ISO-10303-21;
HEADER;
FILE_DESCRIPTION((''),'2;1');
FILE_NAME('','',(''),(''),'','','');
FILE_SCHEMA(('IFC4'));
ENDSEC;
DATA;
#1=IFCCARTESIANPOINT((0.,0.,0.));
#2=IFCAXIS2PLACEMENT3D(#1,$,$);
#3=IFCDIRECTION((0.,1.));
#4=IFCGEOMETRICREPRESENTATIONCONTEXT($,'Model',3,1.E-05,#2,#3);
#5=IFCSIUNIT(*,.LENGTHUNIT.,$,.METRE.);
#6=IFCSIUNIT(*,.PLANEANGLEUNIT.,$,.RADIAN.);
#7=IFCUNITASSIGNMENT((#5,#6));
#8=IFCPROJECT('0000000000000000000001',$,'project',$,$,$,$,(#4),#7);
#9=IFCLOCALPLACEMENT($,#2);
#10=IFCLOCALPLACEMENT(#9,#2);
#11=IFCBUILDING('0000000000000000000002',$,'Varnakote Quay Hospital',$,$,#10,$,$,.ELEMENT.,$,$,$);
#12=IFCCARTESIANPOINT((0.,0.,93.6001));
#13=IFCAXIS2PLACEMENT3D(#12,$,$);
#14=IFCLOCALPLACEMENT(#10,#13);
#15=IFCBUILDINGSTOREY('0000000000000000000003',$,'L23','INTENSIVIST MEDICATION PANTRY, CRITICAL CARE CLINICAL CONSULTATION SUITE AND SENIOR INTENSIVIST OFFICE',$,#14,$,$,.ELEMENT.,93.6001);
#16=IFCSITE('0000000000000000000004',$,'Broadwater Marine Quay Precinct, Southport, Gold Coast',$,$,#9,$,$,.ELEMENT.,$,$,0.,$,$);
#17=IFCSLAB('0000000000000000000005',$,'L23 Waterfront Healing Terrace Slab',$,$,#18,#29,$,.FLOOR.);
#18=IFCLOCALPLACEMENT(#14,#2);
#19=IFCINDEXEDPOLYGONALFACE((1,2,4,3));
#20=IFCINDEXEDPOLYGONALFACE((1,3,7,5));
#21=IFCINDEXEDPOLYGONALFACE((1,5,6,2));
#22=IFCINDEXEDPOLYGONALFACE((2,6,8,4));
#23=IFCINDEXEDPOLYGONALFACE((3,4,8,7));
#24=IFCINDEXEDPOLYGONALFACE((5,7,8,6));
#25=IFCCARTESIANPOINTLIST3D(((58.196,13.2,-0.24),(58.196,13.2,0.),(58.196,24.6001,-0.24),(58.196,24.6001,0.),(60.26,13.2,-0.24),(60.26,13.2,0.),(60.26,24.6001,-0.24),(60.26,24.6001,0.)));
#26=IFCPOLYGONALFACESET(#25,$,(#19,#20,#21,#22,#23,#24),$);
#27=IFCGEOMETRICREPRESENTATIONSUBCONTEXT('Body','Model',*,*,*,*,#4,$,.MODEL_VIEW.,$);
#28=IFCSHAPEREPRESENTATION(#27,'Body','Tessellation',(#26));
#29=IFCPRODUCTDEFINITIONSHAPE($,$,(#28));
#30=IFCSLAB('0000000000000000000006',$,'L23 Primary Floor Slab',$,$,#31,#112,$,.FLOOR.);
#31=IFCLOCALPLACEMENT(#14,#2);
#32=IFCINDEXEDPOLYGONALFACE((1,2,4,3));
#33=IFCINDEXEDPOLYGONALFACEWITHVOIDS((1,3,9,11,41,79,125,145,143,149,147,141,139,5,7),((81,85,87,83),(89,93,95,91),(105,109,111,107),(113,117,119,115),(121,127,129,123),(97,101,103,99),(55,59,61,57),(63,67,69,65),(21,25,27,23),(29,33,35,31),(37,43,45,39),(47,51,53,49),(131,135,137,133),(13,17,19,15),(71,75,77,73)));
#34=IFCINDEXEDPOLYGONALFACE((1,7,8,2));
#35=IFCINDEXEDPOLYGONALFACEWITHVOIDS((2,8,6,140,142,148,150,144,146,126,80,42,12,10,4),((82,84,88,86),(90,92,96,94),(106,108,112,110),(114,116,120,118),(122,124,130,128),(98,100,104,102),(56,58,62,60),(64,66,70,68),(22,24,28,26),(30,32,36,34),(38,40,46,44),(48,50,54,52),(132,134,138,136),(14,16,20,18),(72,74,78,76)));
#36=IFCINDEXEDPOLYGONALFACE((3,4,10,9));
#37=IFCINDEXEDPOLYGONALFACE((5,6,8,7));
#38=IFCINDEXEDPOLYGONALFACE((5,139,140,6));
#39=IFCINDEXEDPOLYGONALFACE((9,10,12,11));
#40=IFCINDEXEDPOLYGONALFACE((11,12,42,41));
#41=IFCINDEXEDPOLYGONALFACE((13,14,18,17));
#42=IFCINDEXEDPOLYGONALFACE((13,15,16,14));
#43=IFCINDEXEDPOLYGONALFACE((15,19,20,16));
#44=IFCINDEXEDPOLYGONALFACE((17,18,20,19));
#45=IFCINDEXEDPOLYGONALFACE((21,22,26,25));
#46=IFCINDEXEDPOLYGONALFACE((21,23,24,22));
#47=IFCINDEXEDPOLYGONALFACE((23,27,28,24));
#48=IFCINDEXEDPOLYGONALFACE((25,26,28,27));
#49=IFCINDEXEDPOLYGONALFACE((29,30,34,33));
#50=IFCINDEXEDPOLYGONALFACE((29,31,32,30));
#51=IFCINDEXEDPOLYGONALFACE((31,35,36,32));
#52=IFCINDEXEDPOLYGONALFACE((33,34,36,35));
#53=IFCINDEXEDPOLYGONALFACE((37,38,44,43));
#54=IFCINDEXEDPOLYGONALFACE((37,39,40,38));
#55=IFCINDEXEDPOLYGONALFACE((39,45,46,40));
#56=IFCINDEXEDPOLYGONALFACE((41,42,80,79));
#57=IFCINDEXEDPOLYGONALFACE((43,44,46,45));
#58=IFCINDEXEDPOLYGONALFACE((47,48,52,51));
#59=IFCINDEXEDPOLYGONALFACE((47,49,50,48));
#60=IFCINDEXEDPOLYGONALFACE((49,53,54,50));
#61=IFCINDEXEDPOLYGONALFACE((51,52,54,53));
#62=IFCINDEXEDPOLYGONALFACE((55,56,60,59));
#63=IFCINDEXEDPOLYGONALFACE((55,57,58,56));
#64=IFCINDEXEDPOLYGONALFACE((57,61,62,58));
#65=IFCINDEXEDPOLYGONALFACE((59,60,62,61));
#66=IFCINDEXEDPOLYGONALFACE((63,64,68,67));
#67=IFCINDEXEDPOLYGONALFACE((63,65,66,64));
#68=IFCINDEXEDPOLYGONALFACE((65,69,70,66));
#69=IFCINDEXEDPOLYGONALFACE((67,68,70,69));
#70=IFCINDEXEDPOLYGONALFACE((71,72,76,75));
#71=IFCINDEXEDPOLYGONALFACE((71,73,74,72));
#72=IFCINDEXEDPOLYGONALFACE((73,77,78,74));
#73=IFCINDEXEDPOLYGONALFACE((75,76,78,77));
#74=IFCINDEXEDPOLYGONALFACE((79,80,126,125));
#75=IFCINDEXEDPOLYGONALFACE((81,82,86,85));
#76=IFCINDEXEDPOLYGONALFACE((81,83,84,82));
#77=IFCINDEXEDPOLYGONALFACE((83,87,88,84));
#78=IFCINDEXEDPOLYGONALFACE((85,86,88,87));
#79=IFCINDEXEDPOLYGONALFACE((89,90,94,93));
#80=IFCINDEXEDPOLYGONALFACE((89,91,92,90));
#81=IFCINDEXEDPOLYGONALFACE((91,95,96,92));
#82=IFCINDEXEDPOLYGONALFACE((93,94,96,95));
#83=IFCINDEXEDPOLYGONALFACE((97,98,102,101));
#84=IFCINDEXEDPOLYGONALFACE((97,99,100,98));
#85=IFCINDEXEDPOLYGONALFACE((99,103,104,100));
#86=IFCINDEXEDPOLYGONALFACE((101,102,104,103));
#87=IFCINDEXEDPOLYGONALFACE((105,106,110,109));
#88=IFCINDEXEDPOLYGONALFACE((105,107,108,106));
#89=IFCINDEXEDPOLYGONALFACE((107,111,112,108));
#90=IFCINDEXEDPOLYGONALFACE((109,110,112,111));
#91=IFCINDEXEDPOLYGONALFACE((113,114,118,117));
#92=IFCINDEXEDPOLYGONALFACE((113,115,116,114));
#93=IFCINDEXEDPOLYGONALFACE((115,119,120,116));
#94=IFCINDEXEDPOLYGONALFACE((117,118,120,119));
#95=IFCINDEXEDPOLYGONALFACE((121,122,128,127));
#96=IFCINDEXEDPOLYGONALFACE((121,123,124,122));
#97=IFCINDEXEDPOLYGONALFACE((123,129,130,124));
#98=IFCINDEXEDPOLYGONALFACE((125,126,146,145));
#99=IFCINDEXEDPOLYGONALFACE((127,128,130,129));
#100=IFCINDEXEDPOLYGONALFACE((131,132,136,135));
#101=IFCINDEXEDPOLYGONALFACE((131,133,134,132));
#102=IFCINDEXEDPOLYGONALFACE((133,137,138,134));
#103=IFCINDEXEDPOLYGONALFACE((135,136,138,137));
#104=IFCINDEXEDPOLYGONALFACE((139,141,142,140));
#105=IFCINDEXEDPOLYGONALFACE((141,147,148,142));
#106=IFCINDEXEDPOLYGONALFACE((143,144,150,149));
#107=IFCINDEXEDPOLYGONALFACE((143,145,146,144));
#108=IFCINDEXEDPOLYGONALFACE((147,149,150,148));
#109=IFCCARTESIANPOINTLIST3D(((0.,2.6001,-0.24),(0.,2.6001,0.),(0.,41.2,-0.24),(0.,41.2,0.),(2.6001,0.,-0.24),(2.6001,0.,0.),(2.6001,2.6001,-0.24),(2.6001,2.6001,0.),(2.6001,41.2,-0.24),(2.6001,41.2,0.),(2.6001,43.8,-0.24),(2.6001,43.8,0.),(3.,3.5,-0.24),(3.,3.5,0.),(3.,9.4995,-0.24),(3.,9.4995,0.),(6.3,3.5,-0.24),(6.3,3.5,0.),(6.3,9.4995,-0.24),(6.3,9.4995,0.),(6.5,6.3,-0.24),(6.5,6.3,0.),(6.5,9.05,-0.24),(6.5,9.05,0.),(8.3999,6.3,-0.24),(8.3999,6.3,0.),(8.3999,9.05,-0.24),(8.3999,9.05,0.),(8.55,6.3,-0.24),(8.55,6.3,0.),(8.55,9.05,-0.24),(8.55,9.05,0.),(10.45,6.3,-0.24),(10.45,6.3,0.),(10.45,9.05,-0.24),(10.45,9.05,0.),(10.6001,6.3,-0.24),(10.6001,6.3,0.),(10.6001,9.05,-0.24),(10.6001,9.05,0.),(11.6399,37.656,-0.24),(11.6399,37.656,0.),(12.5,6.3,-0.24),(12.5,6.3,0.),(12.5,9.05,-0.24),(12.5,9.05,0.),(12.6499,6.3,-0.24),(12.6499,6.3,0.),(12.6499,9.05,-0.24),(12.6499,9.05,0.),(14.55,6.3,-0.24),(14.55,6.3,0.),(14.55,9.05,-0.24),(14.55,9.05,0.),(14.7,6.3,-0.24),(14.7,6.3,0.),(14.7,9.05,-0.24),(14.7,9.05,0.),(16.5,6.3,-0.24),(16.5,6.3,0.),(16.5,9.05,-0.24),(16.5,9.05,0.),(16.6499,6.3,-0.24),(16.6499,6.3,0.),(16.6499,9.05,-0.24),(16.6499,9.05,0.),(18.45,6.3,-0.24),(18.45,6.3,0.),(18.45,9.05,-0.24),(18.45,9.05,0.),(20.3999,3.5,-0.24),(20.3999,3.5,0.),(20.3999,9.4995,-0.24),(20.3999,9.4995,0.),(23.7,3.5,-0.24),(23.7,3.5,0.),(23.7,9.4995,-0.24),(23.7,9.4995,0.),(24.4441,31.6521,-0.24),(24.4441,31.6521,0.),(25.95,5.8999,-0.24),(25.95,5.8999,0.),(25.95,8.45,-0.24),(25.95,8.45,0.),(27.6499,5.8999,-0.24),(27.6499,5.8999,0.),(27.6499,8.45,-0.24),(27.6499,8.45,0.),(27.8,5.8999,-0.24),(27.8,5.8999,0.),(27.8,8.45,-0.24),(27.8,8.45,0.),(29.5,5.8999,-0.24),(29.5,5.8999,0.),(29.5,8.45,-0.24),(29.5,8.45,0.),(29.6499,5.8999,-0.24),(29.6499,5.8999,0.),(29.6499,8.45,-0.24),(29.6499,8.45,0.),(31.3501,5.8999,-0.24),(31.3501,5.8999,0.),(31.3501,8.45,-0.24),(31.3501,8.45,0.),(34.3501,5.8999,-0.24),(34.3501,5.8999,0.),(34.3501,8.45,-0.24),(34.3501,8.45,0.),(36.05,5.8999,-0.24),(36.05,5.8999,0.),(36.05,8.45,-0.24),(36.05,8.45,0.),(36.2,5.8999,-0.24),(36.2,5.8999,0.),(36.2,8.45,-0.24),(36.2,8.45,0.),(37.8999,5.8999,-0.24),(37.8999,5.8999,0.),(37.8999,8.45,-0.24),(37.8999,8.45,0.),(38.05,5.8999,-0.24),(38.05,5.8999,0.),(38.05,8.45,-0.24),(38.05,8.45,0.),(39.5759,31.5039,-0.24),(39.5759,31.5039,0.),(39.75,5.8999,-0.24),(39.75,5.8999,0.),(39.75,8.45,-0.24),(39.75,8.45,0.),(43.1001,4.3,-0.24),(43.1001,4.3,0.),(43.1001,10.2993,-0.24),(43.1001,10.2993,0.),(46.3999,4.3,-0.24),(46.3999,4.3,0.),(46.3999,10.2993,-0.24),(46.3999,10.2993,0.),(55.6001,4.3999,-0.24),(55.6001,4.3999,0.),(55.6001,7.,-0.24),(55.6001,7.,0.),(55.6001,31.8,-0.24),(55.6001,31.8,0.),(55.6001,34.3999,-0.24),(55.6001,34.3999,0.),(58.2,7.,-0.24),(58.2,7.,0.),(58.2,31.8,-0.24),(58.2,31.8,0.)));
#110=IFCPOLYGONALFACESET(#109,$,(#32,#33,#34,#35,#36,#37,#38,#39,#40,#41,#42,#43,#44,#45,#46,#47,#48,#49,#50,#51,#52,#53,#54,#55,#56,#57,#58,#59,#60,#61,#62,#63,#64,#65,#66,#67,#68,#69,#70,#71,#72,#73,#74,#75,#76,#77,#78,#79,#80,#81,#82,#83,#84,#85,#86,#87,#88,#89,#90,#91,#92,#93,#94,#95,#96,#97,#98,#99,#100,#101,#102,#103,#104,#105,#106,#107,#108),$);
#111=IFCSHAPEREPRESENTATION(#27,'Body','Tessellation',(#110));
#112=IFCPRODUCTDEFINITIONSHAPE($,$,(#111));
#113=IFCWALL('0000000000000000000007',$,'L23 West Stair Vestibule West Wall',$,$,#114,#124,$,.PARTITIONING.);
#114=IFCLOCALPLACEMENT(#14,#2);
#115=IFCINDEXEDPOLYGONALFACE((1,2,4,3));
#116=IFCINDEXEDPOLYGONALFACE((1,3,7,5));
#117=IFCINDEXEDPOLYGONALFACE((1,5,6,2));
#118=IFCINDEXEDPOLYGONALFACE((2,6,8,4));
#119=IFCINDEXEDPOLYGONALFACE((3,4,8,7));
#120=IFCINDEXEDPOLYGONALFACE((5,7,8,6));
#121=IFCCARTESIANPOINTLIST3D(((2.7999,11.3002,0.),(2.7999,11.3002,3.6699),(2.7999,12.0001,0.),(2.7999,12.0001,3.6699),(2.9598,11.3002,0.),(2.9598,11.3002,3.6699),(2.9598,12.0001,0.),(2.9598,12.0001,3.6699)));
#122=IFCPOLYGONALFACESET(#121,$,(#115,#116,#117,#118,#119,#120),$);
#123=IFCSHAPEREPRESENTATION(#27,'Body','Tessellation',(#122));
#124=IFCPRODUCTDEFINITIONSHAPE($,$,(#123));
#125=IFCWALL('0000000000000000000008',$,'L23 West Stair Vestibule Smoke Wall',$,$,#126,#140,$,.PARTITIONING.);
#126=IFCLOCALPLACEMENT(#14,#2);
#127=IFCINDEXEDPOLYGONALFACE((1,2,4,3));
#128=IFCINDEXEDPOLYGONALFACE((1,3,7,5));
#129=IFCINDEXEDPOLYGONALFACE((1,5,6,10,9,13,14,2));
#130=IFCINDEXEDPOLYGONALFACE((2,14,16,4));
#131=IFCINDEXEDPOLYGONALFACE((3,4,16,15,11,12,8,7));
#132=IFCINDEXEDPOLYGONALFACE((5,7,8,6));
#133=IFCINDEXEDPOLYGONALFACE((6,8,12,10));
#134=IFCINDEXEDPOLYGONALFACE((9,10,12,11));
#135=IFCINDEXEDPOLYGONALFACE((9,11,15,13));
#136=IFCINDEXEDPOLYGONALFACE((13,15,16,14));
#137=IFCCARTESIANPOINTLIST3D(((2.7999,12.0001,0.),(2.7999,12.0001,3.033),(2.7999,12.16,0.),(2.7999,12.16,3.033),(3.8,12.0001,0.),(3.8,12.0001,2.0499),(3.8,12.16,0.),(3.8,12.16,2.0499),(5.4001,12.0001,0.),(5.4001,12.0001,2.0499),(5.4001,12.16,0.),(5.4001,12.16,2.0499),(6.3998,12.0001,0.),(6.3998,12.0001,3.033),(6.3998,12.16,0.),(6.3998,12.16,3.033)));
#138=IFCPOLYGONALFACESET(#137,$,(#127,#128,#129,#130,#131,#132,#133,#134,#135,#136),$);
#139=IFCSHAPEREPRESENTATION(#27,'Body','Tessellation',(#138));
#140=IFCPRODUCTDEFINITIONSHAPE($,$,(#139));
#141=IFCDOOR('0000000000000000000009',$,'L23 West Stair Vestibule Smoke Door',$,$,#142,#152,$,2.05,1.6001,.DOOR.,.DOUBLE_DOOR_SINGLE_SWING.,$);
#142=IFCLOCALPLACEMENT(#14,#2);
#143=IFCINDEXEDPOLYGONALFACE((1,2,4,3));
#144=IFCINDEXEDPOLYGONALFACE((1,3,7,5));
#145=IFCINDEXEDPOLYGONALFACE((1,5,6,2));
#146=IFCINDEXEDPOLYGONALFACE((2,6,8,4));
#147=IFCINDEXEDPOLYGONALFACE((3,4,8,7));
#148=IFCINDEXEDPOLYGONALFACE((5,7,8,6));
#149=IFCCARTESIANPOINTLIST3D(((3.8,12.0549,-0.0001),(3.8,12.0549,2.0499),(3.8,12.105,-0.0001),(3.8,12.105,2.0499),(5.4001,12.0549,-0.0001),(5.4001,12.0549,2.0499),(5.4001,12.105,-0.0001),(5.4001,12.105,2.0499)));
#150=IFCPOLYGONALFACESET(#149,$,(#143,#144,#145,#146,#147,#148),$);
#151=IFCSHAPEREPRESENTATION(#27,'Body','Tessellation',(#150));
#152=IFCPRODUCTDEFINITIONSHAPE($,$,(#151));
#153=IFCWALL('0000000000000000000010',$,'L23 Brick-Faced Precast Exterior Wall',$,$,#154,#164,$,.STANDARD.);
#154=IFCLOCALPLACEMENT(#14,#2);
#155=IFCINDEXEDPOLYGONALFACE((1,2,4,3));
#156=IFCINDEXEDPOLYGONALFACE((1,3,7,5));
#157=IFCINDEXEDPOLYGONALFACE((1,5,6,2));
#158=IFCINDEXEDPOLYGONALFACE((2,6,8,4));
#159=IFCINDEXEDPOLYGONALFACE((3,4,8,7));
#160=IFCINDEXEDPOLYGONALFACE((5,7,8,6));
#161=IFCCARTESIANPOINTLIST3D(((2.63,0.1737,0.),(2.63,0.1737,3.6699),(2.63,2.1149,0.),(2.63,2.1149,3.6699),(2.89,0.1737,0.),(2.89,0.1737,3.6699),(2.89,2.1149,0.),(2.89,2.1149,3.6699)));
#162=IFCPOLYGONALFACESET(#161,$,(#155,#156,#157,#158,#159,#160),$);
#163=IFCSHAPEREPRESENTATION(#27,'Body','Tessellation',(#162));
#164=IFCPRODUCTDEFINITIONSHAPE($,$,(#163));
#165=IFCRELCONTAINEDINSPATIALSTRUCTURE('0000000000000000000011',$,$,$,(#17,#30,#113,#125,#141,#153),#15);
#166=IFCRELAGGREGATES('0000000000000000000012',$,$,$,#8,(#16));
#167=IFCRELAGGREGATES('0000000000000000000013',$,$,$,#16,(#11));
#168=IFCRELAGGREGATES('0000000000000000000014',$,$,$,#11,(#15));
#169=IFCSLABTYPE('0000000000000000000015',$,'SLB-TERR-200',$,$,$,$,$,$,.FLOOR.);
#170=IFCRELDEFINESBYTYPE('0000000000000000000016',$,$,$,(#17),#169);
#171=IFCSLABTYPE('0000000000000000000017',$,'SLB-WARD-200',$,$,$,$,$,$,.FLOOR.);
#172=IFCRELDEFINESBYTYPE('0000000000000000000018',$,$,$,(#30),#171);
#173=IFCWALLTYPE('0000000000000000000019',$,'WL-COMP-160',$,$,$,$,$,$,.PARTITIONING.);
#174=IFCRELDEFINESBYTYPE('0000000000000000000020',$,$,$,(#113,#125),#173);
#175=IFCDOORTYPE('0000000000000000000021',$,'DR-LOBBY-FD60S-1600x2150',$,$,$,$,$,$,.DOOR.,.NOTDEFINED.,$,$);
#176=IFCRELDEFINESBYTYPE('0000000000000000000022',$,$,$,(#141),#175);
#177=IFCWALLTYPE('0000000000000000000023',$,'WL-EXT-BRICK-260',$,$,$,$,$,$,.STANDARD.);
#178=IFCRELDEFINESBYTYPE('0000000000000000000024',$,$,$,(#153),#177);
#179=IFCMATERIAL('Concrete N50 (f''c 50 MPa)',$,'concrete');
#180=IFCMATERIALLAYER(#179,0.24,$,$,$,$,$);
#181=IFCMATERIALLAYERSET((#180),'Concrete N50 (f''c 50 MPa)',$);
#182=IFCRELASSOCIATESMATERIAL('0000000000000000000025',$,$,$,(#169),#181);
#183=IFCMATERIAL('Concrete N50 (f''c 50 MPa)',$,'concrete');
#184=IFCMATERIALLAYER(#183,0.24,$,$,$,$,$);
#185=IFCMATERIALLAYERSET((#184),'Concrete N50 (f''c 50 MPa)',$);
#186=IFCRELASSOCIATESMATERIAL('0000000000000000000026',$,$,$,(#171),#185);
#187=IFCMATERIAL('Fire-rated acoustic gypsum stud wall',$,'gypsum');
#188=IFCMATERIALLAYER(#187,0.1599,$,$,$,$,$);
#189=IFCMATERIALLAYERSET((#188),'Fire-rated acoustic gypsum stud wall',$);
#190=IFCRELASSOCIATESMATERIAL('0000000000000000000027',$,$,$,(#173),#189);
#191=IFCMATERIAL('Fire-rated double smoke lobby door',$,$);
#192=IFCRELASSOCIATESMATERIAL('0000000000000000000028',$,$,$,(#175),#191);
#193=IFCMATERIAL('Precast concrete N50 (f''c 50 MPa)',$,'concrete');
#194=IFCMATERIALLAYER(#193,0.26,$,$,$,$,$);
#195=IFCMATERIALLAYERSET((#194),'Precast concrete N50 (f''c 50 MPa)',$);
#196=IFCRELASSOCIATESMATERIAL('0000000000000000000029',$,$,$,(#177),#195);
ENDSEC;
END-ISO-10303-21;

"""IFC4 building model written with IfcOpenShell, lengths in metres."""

from ifc_helpers import new_model, si_unit, direction, frame, frame_2d, origin, place, context, subcontext, project, spatial, polyline, rectangle, outline, extrude, material, layer, layer_set, type_object, element, fill, save


model = new_model("IFC4")

# Units and contexts
model_context = context("Model", 3, precision=1e-05, world=origin(), true_north=direction((0.0, 1.0)))
body_context = subcontext(model_context, "Body", "Model", "MODEL_VIEW")
ifc_project = project(units=[si_unit("LENGTHUNIT", "METRE"), si_unit("PLANEANGLEUNIT", "RADIAN")], contexts=[model_context])

# Site, building, storey
site_placement = place(None, origin())
site = spatial("IfcSite", under=ifc_project, at=site_placement, Name="Broadwater Marine Quay Precinct, Southport, Gold Coast", CompositionType="ELEMENT", RefElevation=0.0)
building_placement = place(site_placement, origin())
building = spatial("IfcBuilding", under=site, at=building_placement, Name="Varnakote Quay Hospital", CompositionType="ELEMENT")
storey_placement = place(building_placement, frame((0.0, 0.0, 93.6001)))
storey = spatial("IfcBuildingStorey", under=building, at=storey_placement, Name="L23", Description="INTENSIVIST MEDICATION PANTRY, CRITICAL CARE CLINICAL CONSULTATION SUITE AND SENIOR INTENSIVIST OFFICE", CompositionType="ELEMENT", Elevation=93.6001)

# Slabs
ifc_material_1 = material(Name="Concrete N50 (f'c 50 MPa)", Category="concrete")
ifc_layer_1 = layer(ifc_material_1, 0.24)
ifc_layer_set_1 = layer_set([ifc_layer_1], Name="Concrete N50 (f'c 50 MPa)")
slab_type_1 = type_object("IfcSlabType", Name="SLB-TERR-200", PredefinedType="FLOOR", material=ifc_layer_set_1)
slab_1_placement = place(storey_placement, frame((0.0, 0.0, -0.24)))
element("IfcSlab", 1, at=slab_1_placement, inside=storey, type_object=slab_type_1, Name="L23 Waterfront Healing Terrace Slab", PredefinedType="FLOOR", context=body_context, shape_type="SweptSolid", body=[
    extrude(outline(polyline([(58.196, 24.6001), (58.196, 13.2), (60.26, 13.2), (60.26, 24.6001), (58.196, 24.6001)])), origin(), (0.0, 0.0, 1.0), 0.24),
])
ifc_material_2 = material(Name="Concrete N50 (f'c 50 MPa)", Category="concrete")
ifc_layer_2 = layer(ifc_material_2, 0.24)
ifc_layer_set_2 = layer_set([ifc_layer_2], Name="Concrete N50 (f'c 50 MPa)")
slab_type_2 = type_object("IfcSlabType", Name="SLB-WARD-200", PredefinedType="FLOOR", material=ifc_layer_set_2)
slab_2_placement = place(storey_placement, frame((0.0, 0.0, -0.24)))
element("IfcSlab", 2, at=slab_2_placement, inside=storey, type_object=slab_type_2, Name="L23 Primary Floor Slab", PredefinedType="FLOOR", context=body_context, shape_type="SweptSolid", body=[
    extrude(outline(polyline([(0.0, 2.6001), (2.6001, 2.6001), (2.6001, 0.0), (55.6001, 4.3999), (55.6001, 7.0), (58.2, 7.0), (58.2, 31.8), (55.6001, 31.8), (55.6001, 34.3999), (39.5759, 31.5039), (24.4441, 31.6521), (11.6399, 37.656), (2.6001, 43.8), (2.6001, 41.2), (0.0, 41.2), (0.0, 2.6001)]), holes=[polyline([(3.0, 3.5), (6.3, 3.5), (6.3, 9.4995), (3.0, 9.4995), (3.0, 3.5)]), polyline([(20.3999, 3.5), (23.7, 3.5), (23.7, 9.4995), (20.3999, 9.4995), (20.3999, 3.5)]), polyline([(43.1001, 4.3), (46.3999, 4.3), (46.3999, 10.2993), (43.1001, 10.2993), (43.1001, 4.3)]), polyline([(6.5, 6.3), (8.3999, 6.3), (8.3999, 9.05), (6.5, 9.05), (6.5, 6.3)]), polyline([(8.55, 6.3), (10.45, 6.3), (10.45, 9.05), (8.55, 9.05), (8.55, 6.3)]), polyline([(10.6001, 6.3), (12.5, 6.3), (12.5, 9.05), (10.6001, 9.05), (10.6001, 6.3)]), polyline([(12.6499, 6.3), (14.55, 6.3), (14.55, 9.05), (12.6499, 9.05), (12.6499, 6.3)]), polyline([(14.7, 6.3), (16.5, 6.3), (16.5, 9.05), (14.7, 9.05), (14.7, 6.3)]), polyline([(16.6499, 6.3), (18.45, 6.3), (18.45, 9.05), (16.6499, 9.05), (16.6499, 6.3)]), polyline([(25.95, 5.8999), (27.6499, 5.8999), (27.6499, 8.45), (25.95, 8.45), (25.95, 5.8999)]), polyline([(27.8, 5.8999), (29.5, 5.8999), (29.5, 8.45), (27.8, 8.45), (27.8, 5.8999)]), polyline([(29.6499, 5.8999), (31.3501, 5.8999), (31.3501, 8.45), (29.6499, 8.45), (29.6499, 5.8999)]), polyline([(34.3501, 5.8999), (36.05, 5.8999), (36.05, 8.45), (34.3501, 8.45), (34.3501, 5.8999)]), polyline([(36.2, 5.8999), (37.8999, 5.8999), (37.8999, 8.45), (36.2, 8.45), (36.2, 5.8999)]), polyline([(38.05, 5.8999), (39.75, 5.8999), (39.75, 8.45), (38.05, 8.45), (38.05, 5.8999)])]), origin(), (0.0, 0.0, 1.0), 0.24),
])

# Wall
ifc_material_3 = material(Name="Fire-rated acoustic gypsum stud wall", Category="gypsum")
ifc_layer_3 = layer(ifc_material_3, 0.1599)
ifc_layer_set_3 = layer_set([ifc_layer_3], Name="Fire-rated acoustic gypsum stud wall")
wall_type_1 = type_object("IfcWallType", Name="WL-COMP-160", PredefinedType="PARTITIONING", material=ifc_layer_set_3)
wall_1_placement = place(storey_placement, frame((2.8799, 11.3, 0.0), z_axis=(0.0, 0.0, 1.0), x_axis=(0.0, 1.0, 0.0)))
element("IfcWall", 3, at=wall_1_placement, inside=storey, type_object=wall_type_1, Name="L23 West Stair Vestibule West Wall", PredefinedType="PARTITIONING", context=body_context, shape_type="SweptSolid", body=[
    extrude(rectangle(XDim=0.7, YDim=0.1599, at=frame_2d((0.3501, 0.0))), origin(), (0.0, 0.0, 1.0), 3.6699),
])

# Wall, opening, door
wall_2_placement = place(storey_placement, frame((2.8, 12.0801, 0.0), z_axis=(0.0, 0.0, 1.0), x_axis=(1.0, 0.0, 0.0)))
wall_2 = element("IfcWall", 4, at=wall_2_placement, inside=storey, type_object=wall_type_1, Name="L23 West Stair Vestibule Smoke Wall", PredefinedType="PARTITIONING", context=body_context, shape_type="SweptSolid", body=[
    extrude(rectangle(XDim=3.5999, YDim=0.1599, at=frame_2d((1.7998, 0.0))), origin(), (0.0, 0.0, 1.0), 3.033),
])
opening_1_placement = place(wall_2_placement, frame((1.0, 0.0, 0.0)))
opening_1 = element("IfcOpeningElement", 5, at=opening_1_placement, cuts=wall_2, PredefinedType="OPENING", context=body_context, shape_type="SweptSolid", body=[
    extrude(rectangle(XDim=1.6001, YDim=2.05, at=frame_2d((0.8, 1.0249))), frame((0.0, 0.0898, 0.0), z_axis=(0.0, -1.0, 0.0), x_axis=(1.0, 0.0, 0.0)), (0.0, 0.0, 1.0), 0.1799),
])
ifc_material_4 = material(Name="Fire-rated double smoke lobby door")
door_type_1 = type_object("IfcDoorType", Name="DR-LOBBY-FD60S-1600x2150", OperationType="NOTDEFINED", PredefinedType="DOOR", material=ifc_material_4)
door_1_placement = place(opening_1_placement, origin())
door_1 = element("IfcDoor", 6, at=door_1_placement, inside=storey, type_object=door_type_1, Name="L23 West Stair Vestibule Smoke Door", OperationType="DOUBLE_DOOR_SINGLE_SWING", OverallHeight=2.05, OverallWidth=1.6001, PredefinedType="DOOR", context=body_context, shape_type="SweptSolid", body=[
    extrude(rectangle(XDim=1.6001, YDim=2.05, at=frame_2d((0.8, 1.0249))), frame((0.0, 0.0249, 0.0), z_axis=(0.0, -1.0, 0.0), x_axis=(1.0, 0.0, 0.0)), (0.0, 0.0, 1.0), 0.05),
])
fill(opening_1, door_1)

# Wall
ifc_material_5 = material(Name="Precast concrete N50 (f'c 50 MPa)", Category="concrete")
ifc_layer_4 = layer(ifc_material_5, 0.26)
ifc_layer_set_4 = layer_set([ifc_layer_4], Name="Precast concrete N50 (f'c 50 MPa)")
wall_type_2 = type_object("IfcWallType", Name="WL-EXT-BRICK-260", PredefinedType="STANDARD", material=ifc_layer_set_4)
wall_3_placement = place(storey_placement, frame((2.76, 2.115, 0.0), z_axis=(0.0, 0.0, 1.0), x_axis=(0.0, -1.0, 0.0)))
element("IfcWall", 7, at=wall_3_placement, inside=storey, type_object=wall_type_2, Name="L23 Brick-Faced Precast Exterior Wall", PredefinedType="STANDARD", context=body_context, shape_type="SweptSolid", body=[
    extrude(rectangle(XDim=1.9412, YDim=0.26, at=frame_2d((0.9707, 0.0))), origin(), (0.0, 0.0, 1.0), 3.6699),
])

save(model, "model.ifc")
